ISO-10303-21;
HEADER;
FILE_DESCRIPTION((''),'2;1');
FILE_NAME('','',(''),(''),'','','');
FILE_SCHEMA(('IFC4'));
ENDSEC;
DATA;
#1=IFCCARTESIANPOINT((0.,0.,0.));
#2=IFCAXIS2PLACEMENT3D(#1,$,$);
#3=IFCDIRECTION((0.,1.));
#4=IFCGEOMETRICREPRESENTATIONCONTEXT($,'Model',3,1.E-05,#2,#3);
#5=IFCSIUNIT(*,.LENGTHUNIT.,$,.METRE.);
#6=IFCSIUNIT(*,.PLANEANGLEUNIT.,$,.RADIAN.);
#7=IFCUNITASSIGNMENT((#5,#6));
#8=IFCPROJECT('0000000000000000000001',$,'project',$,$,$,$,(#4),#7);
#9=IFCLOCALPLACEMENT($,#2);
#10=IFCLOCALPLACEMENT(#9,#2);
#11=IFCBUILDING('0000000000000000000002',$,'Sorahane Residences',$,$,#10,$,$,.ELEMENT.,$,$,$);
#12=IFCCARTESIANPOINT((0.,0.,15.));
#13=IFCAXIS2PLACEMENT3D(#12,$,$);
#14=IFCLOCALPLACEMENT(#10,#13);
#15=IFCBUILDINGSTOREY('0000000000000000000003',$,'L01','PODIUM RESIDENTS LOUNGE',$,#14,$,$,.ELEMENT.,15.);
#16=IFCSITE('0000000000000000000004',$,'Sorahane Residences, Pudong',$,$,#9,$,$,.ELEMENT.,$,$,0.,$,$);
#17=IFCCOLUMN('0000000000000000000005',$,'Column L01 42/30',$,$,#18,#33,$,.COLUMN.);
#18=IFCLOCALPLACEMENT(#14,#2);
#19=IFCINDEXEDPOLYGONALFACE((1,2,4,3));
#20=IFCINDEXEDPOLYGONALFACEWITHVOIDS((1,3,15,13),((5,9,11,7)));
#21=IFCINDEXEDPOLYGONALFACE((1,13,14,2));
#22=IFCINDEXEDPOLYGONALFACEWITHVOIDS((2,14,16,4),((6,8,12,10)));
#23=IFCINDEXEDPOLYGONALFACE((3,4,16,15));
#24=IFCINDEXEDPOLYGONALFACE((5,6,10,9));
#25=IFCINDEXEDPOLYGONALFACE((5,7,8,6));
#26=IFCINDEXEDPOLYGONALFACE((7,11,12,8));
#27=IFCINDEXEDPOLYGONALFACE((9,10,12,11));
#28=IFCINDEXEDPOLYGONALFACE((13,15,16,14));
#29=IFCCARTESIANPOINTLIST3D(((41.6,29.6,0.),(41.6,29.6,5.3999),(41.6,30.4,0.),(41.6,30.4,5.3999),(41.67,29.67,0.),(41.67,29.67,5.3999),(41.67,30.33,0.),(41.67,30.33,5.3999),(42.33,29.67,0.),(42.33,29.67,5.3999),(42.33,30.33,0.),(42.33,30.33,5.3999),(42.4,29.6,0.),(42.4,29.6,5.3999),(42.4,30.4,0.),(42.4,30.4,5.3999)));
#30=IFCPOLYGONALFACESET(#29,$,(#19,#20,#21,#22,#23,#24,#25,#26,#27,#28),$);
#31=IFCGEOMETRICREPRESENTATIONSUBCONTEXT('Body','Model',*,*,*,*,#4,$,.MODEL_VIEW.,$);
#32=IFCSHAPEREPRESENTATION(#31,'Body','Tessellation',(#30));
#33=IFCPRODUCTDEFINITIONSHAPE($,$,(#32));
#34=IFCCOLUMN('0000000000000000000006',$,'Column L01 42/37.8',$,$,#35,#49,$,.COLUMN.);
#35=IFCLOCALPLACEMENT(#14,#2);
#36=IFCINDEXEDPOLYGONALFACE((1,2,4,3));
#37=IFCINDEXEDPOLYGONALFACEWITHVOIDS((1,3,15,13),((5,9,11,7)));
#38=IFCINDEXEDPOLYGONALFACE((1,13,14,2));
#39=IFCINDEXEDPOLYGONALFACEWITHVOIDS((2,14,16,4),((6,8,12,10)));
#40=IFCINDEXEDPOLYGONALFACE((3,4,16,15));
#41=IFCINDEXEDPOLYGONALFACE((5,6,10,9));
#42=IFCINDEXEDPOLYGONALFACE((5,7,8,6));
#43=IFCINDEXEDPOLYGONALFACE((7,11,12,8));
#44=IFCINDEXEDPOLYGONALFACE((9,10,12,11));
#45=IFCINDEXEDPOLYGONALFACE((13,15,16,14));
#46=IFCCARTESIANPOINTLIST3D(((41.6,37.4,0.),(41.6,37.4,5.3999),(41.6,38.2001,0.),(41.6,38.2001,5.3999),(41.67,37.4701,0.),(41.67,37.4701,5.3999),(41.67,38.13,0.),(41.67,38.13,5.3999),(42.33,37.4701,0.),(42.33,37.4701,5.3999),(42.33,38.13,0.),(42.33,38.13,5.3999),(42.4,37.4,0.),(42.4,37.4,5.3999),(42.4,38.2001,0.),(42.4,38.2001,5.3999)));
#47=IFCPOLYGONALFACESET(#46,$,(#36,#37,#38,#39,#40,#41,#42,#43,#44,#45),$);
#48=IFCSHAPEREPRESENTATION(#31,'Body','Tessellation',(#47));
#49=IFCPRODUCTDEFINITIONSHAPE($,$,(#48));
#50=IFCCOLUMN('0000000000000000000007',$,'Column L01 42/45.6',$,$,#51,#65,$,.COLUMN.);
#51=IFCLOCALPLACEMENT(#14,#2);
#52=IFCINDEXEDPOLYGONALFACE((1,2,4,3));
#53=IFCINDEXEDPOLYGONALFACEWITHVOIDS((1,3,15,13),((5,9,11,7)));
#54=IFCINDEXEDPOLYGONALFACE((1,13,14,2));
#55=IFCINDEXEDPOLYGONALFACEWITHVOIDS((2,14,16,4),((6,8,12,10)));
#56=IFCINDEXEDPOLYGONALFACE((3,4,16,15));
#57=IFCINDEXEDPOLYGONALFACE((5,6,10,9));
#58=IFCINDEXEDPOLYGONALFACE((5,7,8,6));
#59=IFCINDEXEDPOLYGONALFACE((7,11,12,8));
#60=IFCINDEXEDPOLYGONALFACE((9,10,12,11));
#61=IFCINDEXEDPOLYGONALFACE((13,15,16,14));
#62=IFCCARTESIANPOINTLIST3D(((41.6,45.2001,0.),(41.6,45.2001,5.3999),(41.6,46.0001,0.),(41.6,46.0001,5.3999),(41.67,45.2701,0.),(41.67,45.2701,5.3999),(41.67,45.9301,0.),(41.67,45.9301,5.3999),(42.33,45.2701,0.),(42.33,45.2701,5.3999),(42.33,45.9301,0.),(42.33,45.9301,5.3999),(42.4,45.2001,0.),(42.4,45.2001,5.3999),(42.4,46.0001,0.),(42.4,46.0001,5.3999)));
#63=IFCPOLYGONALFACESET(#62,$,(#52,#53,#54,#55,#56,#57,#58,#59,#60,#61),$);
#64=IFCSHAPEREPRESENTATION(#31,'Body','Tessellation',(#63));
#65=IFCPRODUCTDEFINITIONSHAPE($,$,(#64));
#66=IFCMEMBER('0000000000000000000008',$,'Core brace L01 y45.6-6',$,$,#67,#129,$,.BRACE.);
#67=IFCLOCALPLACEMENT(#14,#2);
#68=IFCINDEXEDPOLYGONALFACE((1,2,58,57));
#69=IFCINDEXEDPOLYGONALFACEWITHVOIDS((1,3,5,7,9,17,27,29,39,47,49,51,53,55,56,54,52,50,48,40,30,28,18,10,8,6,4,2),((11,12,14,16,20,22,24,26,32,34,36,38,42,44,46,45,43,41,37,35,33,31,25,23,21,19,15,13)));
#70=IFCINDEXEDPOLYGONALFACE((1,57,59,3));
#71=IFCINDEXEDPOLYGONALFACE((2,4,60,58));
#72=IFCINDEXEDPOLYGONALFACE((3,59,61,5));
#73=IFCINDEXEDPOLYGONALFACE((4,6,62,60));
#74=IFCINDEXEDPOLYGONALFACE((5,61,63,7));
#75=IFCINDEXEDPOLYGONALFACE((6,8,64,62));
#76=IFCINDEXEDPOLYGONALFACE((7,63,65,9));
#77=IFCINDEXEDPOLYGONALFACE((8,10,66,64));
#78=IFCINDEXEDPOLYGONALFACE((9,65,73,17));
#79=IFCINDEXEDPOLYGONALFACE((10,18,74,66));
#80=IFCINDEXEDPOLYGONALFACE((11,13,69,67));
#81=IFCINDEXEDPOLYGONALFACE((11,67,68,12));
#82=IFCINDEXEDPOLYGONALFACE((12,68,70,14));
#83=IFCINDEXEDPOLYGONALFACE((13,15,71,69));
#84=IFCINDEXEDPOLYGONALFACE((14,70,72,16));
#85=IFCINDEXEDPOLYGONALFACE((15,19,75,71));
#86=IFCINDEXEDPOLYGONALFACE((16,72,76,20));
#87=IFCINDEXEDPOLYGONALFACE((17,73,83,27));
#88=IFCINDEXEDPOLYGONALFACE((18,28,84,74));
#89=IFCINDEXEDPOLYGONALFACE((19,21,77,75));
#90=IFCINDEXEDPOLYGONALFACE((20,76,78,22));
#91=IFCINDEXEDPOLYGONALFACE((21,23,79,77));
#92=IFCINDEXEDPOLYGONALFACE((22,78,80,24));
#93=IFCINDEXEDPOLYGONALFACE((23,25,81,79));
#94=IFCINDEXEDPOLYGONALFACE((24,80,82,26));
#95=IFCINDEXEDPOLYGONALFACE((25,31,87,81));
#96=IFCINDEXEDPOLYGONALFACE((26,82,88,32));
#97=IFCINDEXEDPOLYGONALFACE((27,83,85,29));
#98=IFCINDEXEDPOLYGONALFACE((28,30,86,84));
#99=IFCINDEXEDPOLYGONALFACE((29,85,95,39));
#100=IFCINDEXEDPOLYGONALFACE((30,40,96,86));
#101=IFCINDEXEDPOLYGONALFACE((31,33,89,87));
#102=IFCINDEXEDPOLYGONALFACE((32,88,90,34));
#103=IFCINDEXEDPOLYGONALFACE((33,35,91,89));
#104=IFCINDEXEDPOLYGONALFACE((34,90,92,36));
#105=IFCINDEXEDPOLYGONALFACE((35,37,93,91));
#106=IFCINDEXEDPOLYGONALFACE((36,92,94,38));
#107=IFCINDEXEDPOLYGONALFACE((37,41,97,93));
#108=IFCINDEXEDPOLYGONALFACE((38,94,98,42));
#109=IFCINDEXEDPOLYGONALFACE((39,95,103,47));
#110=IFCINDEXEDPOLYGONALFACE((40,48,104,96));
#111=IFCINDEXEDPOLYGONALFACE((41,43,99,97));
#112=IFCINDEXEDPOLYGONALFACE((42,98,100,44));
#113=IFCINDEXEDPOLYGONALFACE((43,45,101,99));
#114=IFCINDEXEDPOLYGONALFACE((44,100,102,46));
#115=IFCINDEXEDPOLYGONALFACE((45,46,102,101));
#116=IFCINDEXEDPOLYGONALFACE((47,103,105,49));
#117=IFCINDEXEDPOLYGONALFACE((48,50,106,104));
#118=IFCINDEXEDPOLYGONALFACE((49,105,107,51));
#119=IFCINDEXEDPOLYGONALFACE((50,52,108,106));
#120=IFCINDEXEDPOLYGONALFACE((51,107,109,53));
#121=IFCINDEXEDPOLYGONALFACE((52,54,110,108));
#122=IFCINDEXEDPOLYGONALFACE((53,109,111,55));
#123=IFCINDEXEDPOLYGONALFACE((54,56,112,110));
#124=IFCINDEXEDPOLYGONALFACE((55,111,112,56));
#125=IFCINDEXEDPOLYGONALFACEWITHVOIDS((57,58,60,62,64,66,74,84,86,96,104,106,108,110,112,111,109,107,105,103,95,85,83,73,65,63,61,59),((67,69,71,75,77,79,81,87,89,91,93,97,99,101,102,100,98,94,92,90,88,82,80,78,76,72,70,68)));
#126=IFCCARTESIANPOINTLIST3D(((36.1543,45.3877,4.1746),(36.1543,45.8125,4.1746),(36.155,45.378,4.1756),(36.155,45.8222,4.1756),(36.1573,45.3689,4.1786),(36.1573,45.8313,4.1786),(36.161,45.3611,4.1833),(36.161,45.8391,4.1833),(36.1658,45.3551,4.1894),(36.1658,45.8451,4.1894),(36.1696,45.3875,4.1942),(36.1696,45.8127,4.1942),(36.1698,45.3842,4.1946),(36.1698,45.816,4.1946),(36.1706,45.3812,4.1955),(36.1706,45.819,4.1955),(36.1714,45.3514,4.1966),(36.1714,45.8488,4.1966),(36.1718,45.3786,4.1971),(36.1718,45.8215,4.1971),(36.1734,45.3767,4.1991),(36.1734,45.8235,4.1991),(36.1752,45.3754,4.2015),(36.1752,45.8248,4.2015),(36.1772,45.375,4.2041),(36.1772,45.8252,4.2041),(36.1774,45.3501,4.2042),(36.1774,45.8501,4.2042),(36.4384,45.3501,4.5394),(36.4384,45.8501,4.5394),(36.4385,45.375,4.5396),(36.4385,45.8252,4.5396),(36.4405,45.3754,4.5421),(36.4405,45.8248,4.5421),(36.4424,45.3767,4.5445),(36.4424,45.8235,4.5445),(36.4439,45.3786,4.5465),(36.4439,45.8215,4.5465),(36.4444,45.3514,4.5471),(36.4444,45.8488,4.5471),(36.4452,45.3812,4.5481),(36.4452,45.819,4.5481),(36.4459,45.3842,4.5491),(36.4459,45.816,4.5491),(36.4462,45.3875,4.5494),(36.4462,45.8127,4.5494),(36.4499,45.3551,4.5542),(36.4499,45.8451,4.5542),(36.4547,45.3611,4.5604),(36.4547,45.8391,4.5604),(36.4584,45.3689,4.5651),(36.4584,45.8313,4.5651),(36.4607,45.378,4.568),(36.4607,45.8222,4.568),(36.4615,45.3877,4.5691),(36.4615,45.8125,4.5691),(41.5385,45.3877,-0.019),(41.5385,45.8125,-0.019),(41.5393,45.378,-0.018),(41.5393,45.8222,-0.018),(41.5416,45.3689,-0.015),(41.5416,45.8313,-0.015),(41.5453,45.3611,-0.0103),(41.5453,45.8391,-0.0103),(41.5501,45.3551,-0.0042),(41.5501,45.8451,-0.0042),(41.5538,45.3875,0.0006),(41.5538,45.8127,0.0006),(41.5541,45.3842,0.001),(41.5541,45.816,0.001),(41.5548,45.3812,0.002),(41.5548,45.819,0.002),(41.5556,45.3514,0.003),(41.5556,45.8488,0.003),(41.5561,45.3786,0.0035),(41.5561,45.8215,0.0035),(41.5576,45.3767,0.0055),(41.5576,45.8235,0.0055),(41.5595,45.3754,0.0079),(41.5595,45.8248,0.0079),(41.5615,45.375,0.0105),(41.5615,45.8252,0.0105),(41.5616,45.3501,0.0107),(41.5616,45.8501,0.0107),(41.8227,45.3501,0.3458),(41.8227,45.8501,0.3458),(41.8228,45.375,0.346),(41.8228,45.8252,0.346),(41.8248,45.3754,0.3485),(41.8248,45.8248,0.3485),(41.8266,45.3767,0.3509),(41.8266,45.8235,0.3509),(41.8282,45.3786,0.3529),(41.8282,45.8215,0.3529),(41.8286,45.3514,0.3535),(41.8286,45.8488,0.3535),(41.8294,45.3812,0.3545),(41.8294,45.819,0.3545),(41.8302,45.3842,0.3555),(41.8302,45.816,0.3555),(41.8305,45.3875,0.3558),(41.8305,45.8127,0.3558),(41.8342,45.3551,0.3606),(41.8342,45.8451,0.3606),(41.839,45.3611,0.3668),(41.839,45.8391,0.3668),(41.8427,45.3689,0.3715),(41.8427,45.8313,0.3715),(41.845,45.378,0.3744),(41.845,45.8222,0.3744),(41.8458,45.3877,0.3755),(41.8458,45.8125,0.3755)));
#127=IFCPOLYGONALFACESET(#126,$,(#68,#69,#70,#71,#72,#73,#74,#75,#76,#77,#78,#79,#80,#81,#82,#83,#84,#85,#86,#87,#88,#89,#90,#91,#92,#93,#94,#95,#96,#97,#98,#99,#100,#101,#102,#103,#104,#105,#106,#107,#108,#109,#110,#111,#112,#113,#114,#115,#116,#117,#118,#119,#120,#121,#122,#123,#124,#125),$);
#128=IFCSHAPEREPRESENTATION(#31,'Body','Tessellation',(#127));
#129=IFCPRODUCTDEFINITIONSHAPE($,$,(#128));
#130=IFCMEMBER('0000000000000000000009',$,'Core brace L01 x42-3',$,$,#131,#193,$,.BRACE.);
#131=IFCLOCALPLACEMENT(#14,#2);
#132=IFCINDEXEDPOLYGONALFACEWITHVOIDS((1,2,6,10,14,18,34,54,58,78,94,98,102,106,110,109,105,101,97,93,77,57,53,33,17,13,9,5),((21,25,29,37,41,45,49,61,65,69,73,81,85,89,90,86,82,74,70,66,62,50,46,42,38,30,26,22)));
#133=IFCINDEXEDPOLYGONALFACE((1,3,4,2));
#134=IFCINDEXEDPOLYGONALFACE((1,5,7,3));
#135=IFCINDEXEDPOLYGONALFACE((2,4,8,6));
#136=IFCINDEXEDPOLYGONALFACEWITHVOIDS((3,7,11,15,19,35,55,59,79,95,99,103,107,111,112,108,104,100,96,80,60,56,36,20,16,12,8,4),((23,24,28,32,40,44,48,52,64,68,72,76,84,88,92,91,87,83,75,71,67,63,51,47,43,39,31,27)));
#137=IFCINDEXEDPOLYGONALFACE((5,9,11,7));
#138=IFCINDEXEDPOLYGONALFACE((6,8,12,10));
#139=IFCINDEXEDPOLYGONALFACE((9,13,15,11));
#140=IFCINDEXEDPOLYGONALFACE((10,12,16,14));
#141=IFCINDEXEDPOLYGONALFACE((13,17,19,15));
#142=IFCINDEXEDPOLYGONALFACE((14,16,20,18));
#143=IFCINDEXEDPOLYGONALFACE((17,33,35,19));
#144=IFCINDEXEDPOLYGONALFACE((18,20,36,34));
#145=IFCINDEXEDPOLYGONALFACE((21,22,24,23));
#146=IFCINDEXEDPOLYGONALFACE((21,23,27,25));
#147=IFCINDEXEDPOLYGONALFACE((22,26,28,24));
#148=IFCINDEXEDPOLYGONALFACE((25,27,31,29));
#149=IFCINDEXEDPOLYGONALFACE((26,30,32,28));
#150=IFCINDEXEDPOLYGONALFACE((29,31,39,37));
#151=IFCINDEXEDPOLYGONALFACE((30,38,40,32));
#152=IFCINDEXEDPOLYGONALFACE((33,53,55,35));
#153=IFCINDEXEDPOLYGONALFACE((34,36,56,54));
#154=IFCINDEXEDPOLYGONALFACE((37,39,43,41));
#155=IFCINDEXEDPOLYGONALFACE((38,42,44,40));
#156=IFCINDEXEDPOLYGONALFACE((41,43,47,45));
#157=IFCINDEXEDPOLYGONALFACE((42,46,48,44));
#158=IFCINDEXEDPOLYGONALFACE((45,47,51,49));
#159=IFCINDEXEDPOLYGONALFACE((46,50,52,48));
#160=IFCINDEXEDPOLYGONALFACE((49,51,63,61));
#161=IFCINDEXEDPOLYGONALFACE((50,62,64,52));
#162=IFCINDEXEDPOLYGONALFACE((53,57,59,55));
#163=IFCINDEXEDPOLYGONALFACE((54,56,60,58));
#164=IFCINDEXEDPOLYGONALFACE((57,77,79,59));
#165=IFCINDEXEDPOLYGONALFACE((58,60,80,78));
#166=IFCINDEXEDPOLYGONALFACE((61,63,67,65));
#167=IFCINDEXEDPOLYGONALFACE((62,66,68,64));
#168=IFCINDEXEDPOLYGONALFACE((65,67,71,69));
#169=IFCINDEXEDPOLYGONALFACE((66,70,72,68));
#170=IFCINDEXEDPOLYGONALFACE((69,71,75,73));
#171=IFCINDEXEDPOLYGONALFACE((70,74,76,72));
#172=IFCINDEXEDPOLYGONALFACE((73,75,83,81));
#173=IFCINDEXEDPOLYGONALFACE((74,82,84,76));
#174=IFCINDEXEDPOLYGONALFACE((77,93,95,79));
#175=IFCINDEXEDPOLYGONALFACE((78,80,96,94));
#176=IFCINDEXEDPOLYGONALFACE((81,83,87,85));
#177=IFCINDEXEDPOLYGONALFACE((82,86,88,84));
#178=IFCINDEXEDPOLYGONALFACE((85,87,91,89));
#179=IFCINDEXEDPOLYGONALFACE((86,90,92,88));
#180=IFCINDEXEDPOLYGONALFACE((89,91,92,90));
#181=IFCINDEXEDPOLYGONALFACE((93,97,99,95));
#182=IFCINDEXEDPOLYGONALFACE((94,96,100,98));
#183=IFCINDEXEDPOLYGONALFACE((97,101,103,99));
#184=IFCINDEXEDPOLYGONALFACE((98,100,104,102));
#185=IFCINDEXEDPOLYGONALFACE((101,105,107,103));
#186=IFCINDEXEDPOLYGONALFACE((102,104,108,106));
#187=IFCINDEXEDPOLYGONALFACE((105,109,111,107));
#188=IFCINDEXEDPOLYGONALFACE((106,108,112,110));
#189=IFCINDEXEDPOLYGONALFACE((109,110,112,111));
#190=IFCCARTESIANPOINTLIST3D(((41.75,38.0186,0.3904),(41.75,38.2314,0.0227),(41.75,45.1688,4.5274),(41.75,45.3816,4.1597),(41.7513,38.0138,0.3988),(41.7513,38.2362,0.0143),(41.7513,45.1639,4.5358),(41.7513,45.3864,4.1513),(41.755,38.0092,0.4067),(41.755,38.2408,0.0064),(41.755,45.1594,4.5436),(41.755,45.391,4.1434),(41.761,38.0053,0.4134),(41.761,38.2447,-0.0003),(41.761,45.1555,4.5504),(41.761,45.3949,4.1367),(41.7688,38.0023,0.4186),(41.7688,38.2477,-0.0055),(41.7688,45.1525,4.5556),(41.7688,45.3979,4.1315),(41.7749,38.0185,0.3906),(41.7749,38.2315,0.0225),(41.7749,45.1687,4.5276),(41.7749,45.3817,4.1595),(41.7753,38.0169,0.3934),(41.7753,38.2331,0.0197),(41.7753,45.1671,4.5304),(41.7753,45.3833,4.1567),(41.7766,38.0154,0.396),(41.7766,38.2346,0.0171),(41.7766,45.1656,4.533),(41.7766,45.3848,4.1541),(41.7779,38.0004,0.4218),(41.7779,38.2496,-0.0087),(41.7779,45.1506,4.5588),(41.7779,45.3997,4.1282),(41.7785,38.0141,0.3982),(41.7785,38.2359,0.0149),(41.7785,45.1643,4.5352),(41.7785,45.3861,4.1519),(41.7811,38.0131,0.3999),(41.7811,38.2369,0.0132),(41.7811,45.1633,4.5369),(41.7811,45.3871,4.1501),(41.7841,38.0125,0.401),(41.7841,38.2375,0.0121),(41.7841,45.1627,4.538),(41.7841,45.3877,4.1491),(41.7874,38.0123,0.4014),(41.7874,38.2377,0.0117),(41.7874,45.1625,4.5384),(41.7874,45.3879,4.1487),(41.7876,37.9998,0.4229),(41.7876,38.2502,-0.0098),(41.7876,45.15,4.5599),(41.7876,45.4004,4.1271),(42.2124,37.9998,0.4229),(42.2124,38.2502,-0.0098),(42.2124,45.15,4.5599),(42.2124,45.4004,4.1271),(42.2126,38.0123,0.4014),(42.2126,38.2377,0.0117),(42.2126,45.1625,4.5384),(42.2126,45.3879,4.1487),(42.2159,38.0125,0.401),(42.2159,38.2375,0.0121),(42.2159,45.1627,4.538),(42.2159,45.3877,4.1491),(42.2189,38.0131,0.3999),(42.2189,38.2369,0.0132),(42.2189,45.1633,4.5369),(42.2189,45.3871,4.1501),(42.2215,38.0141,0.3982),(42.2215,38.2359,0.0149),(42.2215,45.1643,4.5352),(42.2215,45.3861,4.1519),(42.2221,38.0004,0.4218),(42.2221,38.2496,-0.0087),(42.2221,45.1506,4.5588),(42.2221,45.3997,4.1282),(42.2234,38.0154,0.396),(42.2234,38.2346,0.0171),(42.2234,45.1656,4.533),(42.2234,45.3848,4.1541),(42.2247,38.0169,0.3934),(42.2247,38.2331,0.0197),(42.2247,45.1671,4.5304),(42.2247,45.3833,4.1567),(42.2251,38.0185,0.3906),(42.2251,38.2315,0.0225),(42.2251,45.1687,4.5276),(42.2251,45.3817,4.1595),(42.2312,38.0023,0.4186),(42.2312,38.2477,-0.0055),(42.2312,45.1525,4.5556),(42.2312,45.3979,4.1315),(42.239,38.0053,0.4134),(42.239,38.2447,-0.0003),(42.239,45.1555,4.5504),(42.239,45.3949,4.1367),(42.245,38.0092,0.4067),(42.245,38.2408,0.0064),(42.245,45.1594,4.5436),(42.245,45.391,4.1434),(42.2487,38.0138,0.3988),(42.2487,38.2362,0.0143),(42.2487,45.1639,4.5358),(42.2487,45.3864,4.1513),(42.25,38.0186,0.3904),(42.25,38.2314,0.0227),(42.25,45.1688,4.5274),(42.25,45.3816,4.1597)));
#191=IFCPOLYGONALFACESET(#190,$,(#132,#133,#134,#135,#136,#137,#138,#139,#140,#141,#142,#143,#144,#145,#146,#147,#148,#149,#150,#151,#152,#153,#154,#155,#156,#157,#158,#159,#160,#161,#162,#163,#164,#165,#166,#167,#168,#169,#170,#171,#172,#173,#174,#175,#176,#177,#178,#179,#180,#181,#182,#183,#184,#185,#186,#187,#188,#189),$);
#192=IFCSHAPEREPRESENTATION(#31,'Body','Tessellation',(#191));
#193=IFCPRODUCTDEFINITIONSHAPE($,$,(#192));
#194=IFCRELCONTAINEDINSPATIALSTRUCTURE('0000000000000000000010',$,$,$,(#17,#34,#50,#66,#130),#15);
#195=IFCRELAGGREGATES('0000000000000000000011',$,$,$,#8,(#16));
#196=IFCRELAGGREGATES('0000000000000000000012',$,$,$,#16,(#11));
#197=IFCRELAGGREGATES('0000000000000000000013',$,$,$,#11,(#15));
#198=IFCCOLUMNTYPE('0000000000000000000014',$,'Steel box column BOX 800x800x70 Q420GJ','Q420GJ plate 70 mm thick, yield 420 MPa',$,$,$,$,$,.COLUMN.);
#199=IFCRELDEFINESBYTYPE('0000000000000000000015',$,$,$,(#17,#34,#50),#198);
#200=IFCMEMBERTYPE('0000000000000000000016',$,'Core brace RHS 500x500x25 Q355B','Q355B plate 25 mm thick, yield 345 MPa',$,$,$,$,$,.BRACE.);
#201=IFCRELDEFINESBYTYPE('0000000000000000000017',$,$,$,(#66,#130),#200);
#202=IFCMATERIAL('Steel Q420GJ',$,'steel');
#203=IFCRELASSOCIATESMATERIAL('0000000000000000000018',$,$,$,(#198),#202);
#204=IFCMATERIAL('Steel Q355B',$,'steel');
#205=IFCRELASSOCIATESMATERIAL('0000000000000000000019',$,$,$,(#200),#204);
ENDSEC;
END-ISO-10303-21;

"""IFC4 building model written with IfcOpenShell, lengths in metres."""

from ifc_helpers import new_model, si_unit, direction, frame, origin, origin_2d, place, context, subcontext, project, spatial, hollow_rectangle, extrude, material, material_profile, profile_set, type_object, element, save


model = new_model("IFC4")

# Units and contexts
model_context = context("Model", 3, precision=1e-05, world=origin(), true_north=direction((0.0, 1.0)))
body_context = subcontext(model_context, "Body", "Model", "MODEL_VIEW")
ifc_project = project(units=[si_unit("LENGTHUNIT", "METRE"), si_unit("PLANEANGLEUNIT", "RADIAN")], contexts=[model_context])

# Site, building, storey
site_placement = place(None, origin())
site = spatial("IfcSite", under=ifc_project, at=site_placement, Name="Sorahane Residences, Pudong", CompositionType="ELEMENT", RefElevation=0.0)
building_placement = place(site_placement, origin())
building = spatial("IfcBuilding", under=site, at=building_placement, Name="Sorahane Residences", CompositionType="ELEMENT")
storey_placement = place(building_placement, frame((0.0, 0.0, 15.0)))
storey = spatial("IfcBuildingStorey", under=building, at=storey_placement, Name="L01", Description="PODIUM RESIDENTS LOUNGE", CompositionType="ELEMENT", Elevation=15.0)

# Columns
ifc_material_1 = material(Name="Steel Q420GJ", Category="steel")
ifc_material_profile_1 = material_profile(ifc_material_1, hollow_rectangle(XDim=0.8, YDim=0.8, WallThickness=0.0701, at=origin_2d()), Name="BOX 800x800x70")
ifc_profile_set_1 = profile_set([ifc_material_profile_1], Name="Steel Q420GJ")
column_type = type_object("IfcColumnType", Name="Steel box column BOX 800x800x70 Q420GJ", Description="Q420GJ plate 70 mm thick, yield 420 MPa", PredefinedType="COLUMN", material=ifc_profile_set_1)
for number, where, z_axis, x_axis, name in (
    (1, (42.0, 30.0, 0.0), (0.0, 0.0, 1.0), (1.0, 0.0, 0.0), "Column L01 42/30"),
    (2, (42.0, 37.8, 0.0), (0.0, 0.0, 1.0), (1.0, 0.0, 0.0), "Column L01 42/37.8"),
    (3, (42.0, 45.6001, 0.0), (0.0, 0.0, 1.0), (1.0, 0.0, 0.0), "Column L01 42/45.6"),
):
    element("IfcColumn", number, at=place(storey_placement, frame(where, z_axis=z_axis, x_axis=x_axis)), inside=storey, type_object=column_type, Name=name, PredefinedType="COLUMN", context=body_context, shape_type="SweptSolid", body=[
        extrude(hollow_rectangle(XDim=0.8, YDim=0.8, WallThickness=0.0701, at=origin_2d()), origin(), (0.0, 0.0, 1.0), 5.3999),
    ])

# Members
ifc_material_2 = material(Name="Steel Q355B", Category="steel")
ifc_material_profile_2 = material_profile(ifc_material_2, hollow_rectangle(XDim=0.5, YDim=0.5, WallThickness=0.0249, InnerFilletRadius=0.0125, OuterFilletRadius=0.0376, at=origin_2d()), Name="RHS 500x500x25")
ifc_profile_set_2 = profile_set([ifc_material_profile_2], Name="Steel Q355B")
member_type = type_object("IfcMemberType", Name="Core brace RHS 500x500x25 Q355B", Description="Q355B plate 25 mm thick, yield 345 MPa", PredefinedType="BRACE", material=ifc_profile_set_2)
member_1_placement = place(storey_placement, frame((41.6921, 45.6001, 0.1782), z_axis=(-0.788938, 0.0, 0.614473), x_axis=(0.0, -1.0, 0.0)))
element("IfcMember", 4, at=member_1_placement, inside=storey, type_object=member_type, Name="Core brace L01 y45.6-6", PredefinedType="BRACE", context=body_context, shape_type="SweptSolid", body=[
    extrude(hollow_rectangle(XDim=0.5, YDim=0.5, WallThickness=0.0249, InnerFilletRadius=0.0125, OuterFilletRadius=0.0376, at=origin_2d()), origin(), (0.0, 0.0, 1.0), 6.8247),
])
member_2_placement = place(storey_placement, frame((42.0, 38.125, 0.2065), z_axis=(0.0, 0.865562, 0.500801), x_axis=(-1.0, 0.0, 0.0)))
element("IfcMember", 5, at=member_2_placement, inside=storey, type_object=member_type, Name="Core brace L01 x42-3", PredefinedType="BRACE", context=body_context, shape_type="SweptSolid", body=[
    extrude(hollow_rectangle(XDim=0.5, YDim=0.5, WallThickness=0.0249, InnerFilletRadius=0.0125, OuterFilletRadius=0.0376, at=origin_2d()), origin(), (0.0, 0.0, 1.0), 8.2607),
])

save(model, "model.ifc")
